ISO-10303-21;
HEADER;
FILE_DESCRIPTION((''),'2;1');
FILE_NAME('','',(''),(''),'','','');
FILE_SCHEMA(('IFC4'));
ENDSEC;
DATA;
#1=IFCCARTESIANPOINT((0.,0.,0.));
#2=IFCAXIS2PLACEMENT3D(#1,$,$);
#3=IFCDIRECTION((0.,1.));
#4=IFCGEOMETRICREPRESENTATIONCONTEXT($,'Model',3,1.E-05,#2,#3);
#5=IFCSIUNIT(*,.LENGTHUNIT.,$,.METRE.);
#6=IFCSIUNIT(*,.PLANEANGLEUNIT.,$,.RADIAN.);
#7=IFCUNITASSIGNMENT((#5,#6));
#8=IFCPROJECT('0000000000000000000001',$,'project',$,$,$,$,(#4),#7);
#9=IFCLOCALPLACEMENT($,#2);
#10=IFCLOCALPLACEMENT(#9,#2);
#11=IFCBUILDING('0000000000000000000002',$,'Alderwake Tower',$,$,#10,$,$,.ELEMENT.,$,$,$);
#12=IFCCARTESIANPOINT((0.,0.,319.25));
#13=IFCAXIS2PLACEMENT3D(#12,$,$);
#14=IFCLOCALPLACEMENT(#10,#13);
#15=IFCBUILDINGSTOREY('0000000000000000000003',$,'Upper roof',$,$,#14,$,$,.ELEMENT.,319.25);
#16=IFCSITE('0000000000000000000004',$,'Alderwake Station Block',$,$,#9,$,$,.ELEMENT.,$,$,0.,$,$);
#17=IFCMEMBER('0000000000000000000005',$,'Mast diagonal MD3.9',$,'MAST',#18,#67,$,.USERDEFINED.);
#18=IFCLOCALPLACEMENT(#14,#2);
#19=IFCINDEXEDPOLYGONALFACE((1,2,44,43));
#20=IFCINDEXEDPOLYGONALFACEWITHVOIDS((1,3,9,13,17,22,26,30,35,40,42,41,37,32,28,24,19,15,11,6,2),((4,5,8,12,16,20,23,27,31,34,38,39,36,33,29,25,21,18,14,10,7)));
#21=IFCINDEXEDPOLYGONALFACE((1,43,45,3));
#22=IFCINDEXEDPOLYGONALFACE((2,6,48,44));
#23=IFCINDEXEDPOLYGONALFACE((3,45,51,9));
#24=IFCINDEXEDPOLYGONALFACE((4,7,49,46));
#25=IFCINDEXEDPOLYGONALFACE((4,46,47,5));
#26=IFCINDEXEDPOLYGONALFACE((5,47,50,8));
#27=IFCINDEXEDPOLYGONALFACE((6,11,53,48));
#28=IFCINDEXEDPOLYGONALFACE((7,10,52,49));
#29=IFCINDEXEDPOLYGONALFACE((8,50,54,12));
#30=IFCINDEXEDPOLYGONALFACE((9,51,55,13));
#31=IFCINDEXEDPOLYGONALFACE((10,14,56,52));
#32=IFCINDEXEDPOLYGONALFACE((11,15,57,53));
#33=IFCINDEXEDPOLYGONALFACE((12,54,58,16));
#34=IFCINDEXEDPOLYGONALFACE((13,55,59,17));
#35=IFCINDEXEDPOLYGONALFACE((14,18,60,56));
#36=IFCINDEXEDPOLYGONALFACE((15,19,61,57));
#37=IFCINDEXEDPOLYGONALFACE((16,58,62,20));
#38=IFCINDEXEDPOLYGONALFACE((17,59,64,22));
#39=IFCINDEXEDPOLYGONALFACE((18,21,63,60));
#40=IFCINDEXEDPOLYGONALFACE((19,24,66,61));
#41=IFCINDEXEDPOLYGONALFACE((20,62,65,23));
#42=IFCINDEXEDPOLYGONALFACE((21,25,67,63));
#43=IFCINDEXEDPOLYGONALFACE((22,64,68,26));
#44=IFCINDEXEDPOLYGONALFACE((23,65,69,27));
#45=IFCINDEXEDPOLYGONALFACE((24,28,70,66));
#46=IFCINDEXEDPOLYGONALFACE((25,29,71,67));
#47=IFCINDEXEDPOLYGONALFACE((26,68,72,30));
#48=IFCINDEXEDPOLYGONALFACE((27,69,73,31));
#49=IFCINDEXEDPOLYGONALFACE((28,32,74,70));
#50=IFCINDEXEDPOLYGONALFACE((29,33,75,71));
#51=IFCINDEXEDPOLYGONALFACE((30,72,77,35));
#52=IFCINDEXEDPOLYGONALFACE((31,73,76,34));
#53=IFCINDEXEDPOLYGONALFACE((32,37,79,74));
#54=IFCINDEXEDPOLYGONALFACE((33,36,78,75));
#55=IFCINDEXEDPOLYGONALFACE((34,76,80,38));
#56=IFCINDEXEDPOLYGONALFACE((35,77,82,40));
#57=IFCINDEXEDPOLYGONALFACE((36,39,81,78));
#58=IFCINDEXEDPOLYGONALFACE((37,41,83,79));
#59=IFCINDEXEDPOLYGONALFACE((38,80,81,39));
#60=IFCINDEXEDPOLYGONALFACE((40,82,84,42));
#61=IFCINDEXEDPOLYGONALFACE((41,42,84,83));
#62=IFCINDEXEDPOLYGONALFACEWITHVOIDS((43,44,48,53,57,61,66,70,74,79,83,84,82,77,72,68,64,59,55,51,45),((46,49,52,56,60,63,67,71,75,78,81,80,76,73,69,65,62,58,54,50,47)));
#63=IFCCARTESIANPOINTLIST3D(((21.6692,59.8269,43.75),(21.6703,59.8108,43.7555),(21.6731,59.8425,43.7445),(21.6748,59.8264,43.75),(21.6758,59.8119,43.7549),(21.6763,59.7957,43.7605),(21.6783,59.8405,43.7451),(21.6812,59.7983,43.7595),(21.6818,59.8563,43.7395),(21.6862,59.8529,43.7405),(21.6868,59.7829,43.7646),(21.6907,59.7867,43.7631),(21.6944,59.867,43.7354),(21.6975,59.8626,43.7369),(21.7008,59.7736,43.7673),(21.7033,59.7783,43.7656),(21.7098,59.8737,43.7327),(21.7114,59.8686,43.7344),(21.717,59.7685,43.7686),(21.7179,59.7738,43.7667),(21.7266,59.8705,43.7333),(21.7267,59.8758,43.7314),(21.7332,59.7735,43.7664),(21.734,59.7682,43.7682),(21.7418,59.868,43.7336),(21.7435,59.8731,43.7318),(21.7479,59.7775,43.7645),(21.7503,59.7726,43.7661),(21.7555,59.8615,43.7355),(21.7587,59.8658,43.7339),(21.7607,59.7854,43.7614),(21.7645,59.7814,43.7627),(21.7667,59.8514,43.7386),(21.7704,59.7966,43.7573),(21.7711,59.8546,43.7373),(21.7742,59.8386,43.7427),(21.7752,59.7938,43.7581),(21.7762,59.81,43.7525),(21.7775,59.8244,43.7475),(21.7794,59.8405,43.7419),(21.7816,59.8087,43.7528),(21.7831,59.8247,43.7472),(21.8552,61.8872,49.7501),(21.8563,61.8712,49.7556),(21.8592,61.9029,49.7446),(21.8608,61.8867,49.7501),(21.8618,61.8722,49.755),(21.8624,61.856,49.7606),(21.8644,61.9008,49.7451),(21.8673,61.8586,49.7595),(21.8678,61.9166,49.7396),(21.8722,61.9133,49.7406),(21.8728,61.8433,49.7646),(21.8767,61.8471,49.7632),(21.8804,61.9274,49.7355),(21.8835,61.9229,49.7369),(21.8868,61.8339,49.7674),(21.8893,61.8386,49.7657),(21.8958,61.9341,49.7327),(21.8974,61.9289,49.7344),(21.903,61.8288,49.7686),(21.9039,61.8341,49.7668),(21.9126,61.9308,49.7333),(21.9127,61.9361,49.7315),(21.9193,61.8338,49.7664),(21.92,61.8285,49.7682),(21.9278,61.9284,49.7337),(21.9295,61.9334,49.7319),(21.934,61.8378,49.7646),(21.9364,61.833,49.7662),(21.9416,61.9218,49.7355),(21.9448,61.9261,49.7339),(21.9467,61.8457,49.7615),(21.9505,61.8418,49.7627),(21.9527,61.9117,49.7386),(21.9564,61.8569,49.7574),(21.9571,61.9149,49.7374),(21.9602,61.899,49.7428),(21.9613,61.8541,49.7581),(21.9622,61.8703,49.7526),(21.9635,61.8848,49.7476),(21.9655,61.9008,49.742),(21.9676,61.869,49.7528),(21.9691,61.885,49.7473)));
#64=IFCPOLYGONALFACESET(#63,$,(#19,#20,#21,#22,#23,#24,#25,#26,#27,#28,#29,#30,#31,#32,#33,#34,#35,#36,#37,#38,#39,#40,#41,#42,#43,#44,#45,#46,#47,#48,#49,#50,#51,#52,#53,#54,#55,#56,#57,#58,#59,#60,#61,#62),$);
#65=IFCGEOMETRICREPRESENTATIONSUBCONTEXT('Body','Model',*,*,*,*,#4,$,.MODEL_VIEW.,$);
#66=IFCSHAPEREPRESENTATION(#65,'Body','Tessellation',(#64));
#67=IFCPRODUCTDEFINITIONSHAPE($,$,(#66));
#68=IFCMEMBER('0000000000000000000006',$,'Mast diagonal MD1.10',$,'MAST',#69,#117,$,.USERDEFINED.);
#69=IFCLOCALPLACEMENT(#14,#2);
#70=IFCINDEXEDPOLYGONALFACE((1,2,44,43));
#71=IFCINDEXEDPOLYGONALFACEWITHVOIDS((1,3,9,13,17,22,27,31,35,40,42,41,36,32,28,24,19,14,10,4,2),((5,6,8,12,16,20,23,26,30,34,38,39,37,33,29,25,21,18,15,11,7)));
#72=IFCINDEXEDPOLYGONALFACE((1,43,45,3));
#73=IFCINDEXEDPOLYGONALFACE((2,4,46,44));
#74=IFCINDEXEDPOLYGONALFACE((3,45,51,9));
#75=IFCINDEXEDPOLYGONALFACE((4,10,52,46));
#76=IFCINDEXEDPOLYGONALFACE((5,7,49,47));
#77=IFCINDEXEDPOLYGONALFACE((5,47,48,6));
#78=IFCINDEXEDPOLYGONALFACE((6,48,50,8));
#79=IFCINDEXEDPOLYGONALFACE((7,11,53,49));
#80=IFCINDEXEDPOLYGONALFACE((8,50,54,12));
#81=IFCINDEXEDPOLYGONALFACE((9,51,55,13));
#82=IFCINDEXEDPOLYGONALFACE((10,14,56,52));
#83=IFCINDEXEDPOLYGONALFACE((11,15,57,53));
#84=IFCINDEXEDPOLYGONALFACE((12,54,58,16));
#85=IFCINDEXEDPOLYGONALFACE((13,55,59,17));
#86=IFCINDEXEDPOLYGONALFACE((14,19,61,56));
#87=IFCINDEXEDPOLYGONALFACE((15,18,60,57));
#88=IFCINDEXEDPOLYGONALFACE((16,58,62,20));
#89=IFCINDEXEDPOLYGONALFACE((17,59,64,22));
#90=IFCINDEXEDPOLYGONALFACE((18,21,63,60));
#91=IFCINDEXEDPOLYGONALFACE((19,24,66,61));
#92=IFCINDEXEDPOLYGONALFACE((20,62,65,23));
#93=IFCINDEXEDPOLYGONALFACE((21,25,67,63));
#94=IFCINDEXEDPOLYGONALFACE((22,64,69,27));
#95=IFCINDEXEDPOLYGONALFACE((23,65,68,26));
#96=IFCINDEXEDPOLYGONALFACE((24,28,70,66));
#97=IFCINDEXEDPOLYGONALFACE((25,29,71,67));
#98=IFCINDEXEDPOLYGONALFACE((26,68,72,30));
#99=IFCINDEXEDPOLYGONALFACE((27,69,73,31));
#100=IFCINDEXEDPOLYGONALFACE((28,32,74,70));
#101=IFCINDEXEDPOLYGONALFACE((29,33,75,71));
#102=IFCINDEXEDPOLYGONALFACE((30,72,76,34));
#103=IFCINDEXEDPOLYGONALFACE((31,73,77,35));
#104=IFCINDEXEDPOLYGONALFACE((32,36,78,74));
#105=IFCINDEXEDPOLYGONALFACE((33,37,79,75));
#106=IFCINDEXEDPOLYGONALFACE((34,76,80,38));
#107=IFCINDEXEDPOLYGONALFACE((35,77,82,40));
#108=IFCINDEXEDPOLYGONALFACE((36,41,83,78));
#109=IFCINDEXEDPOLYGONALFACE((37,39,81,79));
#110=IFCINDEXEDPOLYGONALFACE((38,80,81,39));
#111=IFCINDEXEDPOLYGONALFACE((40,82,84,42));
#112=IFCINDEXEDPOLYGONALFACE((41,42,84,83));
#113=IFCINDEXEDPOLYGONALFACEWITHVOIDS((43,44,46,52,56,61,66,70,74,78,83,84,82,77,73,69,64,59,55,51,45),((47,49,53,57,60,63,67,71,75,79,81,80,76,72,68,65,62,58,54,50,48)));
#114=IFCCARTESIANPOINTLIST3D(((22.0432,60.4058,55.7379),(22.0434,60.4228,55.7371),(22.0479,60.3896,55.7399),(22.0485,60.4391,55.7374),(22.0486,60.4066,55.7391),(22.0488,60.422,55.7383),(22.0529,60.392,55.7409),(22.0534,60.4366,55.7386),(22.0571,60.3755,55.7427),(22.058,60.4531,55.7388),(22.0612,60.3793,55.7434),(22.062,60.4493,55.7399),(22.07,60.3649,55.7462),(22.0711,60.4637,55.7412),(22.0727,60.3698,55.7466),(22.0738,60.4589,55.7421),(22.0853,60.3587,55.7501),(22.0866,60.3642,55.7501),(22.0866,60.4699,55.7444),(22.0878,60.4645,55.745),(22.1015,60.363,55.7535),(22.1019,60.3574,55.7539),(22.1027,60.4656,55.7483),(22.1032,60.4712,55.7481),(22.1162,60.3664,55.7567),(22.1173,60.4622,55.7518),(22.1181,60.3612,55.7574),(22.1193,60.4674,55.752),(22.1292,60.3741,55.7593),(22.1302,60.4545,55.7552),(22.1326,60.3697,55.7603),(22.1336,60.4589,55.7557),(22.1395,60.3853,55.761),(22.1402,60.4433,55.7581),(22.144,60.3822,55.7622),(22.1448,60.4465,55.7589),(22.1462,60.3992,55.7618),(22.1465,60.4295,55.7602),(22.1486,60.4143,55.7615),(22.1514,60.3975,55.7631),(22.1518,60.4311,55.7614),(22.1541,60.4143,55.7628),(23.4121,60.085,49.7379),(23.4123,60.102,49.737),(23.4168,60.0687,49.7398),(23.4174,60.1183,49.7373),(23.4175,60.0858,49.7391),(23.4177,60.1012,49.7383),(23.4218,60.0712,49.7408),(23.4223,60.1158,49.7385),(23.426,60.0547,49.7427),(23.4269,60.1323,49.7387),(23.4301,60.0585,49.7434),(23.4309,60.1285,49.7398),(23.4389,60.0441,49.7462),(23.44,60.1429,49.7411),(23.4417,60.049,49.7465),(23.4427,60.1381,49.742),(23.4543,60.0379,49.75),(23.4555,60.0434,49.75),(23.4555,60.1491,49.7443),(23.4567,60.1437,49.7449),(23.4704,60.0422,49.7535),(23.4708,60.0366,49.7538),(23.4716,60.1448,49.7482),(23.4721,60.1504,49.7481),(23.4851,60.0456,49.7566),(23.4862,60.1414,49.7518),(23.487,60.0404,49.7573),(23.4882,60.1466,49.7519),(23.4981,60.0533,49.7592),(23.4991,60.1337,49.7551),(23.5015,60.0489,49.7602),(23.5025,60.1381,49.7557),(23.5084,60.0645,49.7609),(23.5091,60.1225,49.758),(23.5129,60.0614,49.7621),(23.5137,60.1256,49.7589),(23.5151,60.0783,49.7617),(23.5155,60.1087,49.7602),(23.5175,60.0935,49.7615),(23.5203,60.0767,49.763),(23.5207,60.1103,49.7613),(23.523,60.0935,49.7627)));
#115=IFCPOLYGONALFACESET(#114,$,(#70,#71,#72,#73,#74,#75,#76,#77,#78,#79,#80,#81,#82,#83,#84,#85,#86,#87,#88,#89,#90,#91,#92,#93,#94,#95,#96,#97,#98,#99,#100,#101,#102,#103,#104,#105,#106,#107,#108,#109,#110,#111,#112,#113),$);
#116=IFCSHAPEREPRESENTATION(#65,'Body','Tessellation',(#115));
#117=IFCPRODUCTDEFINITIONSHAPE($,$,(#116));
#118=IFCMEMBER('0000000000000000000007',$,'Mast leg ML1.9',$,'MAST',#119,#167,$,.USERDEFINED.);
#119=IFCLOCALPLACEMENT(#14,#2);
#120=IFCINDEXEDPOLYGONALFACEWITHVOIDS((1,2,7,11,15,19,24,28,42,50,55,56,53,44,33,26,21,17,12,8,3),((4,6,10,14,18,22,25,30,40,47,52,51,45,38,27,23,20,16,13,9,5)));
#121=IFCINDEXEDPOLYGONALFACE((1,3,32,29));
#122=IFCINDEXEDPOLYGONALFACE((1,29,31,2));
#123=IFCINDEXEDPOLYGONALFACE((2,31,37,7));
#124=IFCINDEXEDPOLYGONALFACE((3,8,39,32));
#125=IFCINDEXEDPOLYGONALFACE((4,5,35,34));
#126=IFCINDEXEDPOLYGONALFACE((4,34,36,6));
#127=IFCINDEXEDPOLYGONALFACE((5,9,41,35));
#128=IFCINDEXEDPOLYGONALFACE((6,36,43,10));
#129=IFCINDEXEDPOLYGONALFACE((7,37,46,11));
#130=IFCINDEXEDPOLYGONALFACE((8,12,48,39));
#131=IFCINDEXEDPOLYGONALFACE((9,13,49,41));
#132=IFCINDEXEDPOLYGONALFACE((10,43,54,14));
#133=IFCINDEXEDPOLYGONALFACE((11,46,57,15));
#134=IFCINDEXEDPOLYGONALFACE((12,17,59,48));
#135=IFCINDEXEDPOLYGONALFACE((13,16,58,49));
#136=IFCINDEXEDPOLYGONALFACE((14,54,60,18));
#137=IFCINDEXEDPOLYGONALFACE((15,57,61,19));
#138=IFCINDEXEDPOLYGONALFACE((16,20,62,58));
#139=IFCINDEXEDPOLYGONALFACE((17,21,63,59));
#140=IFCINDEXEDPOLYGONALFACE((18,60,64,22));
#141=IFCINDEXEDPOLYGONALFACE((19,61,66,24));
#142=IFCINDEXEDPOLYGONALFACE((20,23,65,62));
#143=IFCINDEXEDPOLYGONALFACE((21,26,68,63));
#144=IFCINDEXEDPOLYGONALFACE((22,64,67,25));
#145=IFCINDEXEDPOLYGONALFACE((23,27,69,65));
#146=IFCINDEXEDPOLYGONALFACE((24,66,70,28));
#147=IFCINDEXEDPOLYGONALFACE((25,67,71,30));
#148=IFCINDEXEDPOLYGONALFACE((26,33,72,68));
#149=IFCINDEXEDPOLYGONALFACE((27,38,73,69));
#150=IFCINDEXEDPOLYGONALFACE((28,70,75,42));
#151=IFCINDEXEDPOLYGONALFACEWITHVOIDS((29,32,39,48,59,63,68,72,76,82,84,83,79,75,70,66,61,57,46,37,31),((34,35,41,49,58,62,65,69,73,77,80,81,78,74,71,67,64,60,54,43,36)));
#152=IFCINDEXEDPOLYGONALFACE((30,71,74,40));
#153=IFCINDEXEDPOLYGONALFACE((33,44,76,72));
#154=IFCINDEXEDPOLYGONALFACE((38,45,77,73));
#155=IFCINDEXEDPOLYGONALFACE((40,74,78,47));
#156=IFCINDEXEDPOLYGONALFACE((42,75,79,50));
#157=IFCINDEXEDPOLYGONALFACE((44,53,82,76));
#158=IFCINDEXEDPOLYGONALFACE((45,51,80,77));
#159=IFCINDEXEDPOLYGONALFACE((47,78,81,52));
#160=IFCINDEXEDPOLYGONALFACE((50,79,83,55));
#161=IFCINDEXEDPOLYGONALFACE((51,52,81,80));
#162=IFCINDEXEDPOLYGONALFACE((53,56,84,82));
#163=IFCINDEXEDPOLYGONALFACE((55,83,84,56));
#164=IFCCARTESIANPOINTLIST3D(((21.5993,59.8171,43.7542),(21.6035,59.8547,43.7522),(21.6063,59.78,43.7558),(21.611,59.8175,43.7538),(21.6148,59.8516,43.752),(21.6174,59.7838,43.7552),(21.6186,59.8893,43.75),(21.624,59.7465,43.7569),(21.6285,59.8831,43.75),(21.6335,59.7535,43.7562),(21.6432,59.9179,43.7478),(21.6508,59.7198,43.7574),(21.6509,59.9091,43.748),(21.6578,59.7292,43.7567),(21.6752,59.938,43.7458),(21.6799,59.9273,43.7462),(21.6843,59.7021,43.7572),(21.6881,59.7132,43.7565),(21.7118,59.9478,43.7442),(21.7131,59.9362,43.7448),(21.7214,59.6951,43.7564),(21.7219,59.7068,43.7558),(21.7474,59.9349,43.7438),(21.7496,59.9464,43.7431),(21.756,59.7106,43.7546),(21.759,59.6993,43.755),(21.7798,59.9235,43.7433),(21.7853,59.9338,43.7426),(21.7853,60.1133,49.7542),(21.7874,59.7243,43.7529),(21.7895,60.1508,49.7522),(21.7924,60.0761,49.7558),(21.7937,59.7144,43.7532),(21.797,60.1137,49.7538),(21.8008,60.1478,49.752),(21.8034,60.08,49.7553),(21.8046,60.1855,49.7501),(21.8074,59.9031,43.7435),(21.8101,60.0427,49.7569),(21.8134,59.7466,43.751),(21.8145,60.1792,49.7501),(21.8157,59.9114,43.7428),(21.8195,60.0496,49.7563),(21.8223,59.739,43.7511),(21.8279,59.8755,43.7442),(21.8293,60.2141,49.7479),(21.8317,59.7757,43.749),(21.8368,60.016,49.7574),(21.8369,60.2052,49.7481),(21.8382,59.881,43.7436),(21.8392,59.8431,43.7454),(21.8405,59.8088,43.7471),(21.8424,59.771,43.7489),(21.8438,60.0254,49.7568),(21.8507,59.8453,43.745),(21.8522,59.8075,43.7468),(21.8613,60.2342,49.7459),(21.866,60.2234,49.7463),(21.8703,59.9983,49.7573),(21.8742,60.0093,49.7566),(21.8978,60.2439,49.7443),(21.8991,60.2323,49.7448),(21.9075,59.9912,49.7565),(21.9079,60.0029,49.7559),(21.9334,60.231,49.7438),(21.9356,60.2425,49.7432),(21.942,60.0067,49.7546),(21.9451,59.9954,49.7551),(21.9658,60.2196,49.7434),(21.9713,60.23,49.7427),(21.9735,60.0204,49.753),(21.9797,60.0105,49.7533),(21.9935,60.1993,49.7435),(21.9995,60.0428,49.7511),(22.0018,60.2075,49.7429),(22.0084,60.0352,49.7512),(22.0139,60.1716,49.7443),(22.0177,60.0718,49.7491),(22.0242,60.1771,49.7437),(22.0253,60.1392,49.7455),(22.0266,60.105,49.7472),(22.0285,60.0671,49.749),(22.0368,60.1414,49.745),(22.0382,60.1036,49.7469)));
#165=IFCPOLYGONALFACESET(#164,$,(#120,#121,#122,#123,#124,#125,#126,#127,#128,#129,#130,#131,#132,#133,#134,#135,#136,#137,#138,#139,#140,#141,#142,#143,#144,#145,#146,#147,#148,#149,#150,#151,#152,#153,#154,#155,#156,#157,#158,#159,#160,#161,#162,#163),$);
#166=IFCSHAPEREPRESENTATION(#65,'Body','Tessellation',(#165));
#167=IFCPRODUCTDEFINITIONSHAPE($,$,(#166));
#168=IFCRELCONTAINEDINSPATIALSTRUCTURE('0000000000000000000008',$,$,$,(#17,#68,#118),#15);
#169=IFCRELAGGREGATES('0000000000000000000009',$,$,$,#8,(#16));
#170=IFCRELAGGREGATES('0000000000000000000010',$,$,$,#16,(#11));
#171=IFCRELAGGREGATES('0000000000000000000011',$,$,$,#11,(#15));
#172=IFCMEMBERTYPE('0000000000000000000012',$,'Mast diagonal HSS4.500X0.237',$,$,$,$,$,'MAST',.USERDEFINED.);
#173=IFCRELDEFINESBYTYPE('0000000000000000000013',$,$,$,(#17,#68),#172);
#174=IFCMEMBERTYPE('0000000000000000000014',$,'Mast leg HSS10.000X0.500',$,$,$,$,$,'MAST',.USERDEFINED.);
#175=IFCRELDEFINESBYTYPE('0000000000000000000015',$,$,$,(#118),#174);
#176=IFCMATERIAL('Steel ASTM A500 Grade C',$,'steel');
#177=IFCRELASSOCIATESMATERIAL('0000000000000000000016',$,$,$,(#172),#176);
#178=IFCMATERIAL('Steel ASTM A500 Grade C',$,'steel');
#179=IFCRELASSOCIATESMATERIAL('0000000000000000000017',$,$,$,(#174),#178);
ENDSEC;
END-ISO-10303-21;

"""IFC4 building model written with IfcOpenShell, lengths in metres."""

from ifc_helpers import new_model, si_unit, direction, frame, origin, origin_2d, place, context, subcontext, project, spatial, hollow_circle, extrude, material, material_profile, profile_set, type_object, element, save


model = new_model("IFC4")

# Units and contexts
model_context = context("Model", 3, precision=1e-05, world=origin(), true_north=direction((0.0, 1.0)))
body_context = subcontext(model_context, "Body", "Model", "MODEL_VIEW")
ifc_project = project(units=[si_unit("LENGTHUNIT", "METRE"), si_unit("PLANEANGLEUNIT", "RADIAN")], contexts=[model_context])

# Site, building, storey
site_placement = place(None, origin())
site = spatial("IfcSite", under=ifc_project, at=site_placement, Name="Alderwake Station Block", CompositionType="ELEMENT", RefElevation=0.0)
building_placement = place(site_placement, origin())
building = spatial("IfcBuilding", under=site, at=building_placement, Name="Alderwake Tower", CompositionType="ELEMENT")
storey_placement = place(building_placement, frame((0.0, 0.0, 319.25)))
storey = spatial("IfcBuildingStorey", under=building, at=storey_placement, Name="Upper roof", CompositionType="ELEMENT", Elevation=319.25)

# Members
ifc_material_1 = material(Name="Steel ASTM A500 Grade C", Category="steel")
ifc_material_profile_1 = material_profile(ifc_material_1, hollow_circle(Radius=0.0571, WallThickness=0.0056, at=origin_2d()), Name="HSS4.500X0.237")
ifc_profile_set_1 = profile_set([ifc_material_profile_1], Name="Steel ASTM A500 Grade C")
member_type_1 = type_object("IfcMemberType", Name="Mast diagonal HSS4.500X0.237", ElementType="MAST", PredefinedType="USERDEFINED", material=ifc_profile_set_1)
member_1_placement = place(storey_placement, frame((21.7261, 59.8218, 43.75), z_axis=(0.029313, 0.32463, 0.945387), x_axis=(-0.995948, 0.089929, 0.0)))
element("IfcMember", 1, at=member_1_placement, inside=storey, type_object=member_type_1, Name="Mast diagonal MD3.9", ObjectType="MAST", PredefinedType="USERDEFINED", context=body_context, shape_type="SweptSolid", body=[
    extrude(hollow_circle(Radius=0.0571, WallThickness=0.0056, at=origin_2d()), origin(), (0.0, 0.0, 1.0), 6.3467),
])
member_2_placement = place(storey_placement, frame((23.4673, 60.0935, 49.75), z_axis=(-0.222132, 0.052057, 0.973626), x_axis=(-0.228168, -0.973622, 0.0)))
element("IfcMember", 2, at=member_2_placement, inside=storey, type_object=member_type_1, Name="Mast diagonal MD1.10", ObjectType="MAST", PredefinedType="USERDEFINED", context=body_context, shape_type="SweptSolid", body=[
    extrude(hollow_circle(Radius=0.0571, WallThickness=0.0056, at=origin_2d()), origin(), (0.0, 0.0, 1.0), 6.1626),
])
ifc_material_2 = material(Name="Steel ASTM A500 Grade C", Category="steel")
ifc_material_profile_2 = material_profile(ifc_material_2, hollow_circle(Radius=0.127, WallThickness=0.0117, at=origin_2d()), Name="HSS10.000X0.500")
ifc_profile_set_2 = profile_set([ifc_material_profile_2], Name="Steel ASTM A500 Grade C")
member_type_2 = type_object("IfcMemberType", Name="Mast leg HSS10.000X0.500", ElementType="MAST", PredefinedType="USERDEFINED", material=ifc_profile_set_2)
member_3_placement = place(storey_placement, frame((21.7261, 59.8218, 43.75), z_axis=(0.030953, 0.049273, 0.998306), x_axis=(-0.84678, 0.531943, 0.0)))
element("IfcMember", 3, at=member_3_placement, inside=storey, type_object=member_type_2, Name="Mast leg ML1.9", ObjectType="MAST", PredefinedType="USERDEFINED", context=body_context, shape_type="SweptSolid", body=[
    extrude(hollow_circle(Radius=0.127, WallThickness=0.0117, at=origin_2d()), origin(), (0.0, 0.0, 1.0), 6.0103),
])

save(model, "model.ifc")
